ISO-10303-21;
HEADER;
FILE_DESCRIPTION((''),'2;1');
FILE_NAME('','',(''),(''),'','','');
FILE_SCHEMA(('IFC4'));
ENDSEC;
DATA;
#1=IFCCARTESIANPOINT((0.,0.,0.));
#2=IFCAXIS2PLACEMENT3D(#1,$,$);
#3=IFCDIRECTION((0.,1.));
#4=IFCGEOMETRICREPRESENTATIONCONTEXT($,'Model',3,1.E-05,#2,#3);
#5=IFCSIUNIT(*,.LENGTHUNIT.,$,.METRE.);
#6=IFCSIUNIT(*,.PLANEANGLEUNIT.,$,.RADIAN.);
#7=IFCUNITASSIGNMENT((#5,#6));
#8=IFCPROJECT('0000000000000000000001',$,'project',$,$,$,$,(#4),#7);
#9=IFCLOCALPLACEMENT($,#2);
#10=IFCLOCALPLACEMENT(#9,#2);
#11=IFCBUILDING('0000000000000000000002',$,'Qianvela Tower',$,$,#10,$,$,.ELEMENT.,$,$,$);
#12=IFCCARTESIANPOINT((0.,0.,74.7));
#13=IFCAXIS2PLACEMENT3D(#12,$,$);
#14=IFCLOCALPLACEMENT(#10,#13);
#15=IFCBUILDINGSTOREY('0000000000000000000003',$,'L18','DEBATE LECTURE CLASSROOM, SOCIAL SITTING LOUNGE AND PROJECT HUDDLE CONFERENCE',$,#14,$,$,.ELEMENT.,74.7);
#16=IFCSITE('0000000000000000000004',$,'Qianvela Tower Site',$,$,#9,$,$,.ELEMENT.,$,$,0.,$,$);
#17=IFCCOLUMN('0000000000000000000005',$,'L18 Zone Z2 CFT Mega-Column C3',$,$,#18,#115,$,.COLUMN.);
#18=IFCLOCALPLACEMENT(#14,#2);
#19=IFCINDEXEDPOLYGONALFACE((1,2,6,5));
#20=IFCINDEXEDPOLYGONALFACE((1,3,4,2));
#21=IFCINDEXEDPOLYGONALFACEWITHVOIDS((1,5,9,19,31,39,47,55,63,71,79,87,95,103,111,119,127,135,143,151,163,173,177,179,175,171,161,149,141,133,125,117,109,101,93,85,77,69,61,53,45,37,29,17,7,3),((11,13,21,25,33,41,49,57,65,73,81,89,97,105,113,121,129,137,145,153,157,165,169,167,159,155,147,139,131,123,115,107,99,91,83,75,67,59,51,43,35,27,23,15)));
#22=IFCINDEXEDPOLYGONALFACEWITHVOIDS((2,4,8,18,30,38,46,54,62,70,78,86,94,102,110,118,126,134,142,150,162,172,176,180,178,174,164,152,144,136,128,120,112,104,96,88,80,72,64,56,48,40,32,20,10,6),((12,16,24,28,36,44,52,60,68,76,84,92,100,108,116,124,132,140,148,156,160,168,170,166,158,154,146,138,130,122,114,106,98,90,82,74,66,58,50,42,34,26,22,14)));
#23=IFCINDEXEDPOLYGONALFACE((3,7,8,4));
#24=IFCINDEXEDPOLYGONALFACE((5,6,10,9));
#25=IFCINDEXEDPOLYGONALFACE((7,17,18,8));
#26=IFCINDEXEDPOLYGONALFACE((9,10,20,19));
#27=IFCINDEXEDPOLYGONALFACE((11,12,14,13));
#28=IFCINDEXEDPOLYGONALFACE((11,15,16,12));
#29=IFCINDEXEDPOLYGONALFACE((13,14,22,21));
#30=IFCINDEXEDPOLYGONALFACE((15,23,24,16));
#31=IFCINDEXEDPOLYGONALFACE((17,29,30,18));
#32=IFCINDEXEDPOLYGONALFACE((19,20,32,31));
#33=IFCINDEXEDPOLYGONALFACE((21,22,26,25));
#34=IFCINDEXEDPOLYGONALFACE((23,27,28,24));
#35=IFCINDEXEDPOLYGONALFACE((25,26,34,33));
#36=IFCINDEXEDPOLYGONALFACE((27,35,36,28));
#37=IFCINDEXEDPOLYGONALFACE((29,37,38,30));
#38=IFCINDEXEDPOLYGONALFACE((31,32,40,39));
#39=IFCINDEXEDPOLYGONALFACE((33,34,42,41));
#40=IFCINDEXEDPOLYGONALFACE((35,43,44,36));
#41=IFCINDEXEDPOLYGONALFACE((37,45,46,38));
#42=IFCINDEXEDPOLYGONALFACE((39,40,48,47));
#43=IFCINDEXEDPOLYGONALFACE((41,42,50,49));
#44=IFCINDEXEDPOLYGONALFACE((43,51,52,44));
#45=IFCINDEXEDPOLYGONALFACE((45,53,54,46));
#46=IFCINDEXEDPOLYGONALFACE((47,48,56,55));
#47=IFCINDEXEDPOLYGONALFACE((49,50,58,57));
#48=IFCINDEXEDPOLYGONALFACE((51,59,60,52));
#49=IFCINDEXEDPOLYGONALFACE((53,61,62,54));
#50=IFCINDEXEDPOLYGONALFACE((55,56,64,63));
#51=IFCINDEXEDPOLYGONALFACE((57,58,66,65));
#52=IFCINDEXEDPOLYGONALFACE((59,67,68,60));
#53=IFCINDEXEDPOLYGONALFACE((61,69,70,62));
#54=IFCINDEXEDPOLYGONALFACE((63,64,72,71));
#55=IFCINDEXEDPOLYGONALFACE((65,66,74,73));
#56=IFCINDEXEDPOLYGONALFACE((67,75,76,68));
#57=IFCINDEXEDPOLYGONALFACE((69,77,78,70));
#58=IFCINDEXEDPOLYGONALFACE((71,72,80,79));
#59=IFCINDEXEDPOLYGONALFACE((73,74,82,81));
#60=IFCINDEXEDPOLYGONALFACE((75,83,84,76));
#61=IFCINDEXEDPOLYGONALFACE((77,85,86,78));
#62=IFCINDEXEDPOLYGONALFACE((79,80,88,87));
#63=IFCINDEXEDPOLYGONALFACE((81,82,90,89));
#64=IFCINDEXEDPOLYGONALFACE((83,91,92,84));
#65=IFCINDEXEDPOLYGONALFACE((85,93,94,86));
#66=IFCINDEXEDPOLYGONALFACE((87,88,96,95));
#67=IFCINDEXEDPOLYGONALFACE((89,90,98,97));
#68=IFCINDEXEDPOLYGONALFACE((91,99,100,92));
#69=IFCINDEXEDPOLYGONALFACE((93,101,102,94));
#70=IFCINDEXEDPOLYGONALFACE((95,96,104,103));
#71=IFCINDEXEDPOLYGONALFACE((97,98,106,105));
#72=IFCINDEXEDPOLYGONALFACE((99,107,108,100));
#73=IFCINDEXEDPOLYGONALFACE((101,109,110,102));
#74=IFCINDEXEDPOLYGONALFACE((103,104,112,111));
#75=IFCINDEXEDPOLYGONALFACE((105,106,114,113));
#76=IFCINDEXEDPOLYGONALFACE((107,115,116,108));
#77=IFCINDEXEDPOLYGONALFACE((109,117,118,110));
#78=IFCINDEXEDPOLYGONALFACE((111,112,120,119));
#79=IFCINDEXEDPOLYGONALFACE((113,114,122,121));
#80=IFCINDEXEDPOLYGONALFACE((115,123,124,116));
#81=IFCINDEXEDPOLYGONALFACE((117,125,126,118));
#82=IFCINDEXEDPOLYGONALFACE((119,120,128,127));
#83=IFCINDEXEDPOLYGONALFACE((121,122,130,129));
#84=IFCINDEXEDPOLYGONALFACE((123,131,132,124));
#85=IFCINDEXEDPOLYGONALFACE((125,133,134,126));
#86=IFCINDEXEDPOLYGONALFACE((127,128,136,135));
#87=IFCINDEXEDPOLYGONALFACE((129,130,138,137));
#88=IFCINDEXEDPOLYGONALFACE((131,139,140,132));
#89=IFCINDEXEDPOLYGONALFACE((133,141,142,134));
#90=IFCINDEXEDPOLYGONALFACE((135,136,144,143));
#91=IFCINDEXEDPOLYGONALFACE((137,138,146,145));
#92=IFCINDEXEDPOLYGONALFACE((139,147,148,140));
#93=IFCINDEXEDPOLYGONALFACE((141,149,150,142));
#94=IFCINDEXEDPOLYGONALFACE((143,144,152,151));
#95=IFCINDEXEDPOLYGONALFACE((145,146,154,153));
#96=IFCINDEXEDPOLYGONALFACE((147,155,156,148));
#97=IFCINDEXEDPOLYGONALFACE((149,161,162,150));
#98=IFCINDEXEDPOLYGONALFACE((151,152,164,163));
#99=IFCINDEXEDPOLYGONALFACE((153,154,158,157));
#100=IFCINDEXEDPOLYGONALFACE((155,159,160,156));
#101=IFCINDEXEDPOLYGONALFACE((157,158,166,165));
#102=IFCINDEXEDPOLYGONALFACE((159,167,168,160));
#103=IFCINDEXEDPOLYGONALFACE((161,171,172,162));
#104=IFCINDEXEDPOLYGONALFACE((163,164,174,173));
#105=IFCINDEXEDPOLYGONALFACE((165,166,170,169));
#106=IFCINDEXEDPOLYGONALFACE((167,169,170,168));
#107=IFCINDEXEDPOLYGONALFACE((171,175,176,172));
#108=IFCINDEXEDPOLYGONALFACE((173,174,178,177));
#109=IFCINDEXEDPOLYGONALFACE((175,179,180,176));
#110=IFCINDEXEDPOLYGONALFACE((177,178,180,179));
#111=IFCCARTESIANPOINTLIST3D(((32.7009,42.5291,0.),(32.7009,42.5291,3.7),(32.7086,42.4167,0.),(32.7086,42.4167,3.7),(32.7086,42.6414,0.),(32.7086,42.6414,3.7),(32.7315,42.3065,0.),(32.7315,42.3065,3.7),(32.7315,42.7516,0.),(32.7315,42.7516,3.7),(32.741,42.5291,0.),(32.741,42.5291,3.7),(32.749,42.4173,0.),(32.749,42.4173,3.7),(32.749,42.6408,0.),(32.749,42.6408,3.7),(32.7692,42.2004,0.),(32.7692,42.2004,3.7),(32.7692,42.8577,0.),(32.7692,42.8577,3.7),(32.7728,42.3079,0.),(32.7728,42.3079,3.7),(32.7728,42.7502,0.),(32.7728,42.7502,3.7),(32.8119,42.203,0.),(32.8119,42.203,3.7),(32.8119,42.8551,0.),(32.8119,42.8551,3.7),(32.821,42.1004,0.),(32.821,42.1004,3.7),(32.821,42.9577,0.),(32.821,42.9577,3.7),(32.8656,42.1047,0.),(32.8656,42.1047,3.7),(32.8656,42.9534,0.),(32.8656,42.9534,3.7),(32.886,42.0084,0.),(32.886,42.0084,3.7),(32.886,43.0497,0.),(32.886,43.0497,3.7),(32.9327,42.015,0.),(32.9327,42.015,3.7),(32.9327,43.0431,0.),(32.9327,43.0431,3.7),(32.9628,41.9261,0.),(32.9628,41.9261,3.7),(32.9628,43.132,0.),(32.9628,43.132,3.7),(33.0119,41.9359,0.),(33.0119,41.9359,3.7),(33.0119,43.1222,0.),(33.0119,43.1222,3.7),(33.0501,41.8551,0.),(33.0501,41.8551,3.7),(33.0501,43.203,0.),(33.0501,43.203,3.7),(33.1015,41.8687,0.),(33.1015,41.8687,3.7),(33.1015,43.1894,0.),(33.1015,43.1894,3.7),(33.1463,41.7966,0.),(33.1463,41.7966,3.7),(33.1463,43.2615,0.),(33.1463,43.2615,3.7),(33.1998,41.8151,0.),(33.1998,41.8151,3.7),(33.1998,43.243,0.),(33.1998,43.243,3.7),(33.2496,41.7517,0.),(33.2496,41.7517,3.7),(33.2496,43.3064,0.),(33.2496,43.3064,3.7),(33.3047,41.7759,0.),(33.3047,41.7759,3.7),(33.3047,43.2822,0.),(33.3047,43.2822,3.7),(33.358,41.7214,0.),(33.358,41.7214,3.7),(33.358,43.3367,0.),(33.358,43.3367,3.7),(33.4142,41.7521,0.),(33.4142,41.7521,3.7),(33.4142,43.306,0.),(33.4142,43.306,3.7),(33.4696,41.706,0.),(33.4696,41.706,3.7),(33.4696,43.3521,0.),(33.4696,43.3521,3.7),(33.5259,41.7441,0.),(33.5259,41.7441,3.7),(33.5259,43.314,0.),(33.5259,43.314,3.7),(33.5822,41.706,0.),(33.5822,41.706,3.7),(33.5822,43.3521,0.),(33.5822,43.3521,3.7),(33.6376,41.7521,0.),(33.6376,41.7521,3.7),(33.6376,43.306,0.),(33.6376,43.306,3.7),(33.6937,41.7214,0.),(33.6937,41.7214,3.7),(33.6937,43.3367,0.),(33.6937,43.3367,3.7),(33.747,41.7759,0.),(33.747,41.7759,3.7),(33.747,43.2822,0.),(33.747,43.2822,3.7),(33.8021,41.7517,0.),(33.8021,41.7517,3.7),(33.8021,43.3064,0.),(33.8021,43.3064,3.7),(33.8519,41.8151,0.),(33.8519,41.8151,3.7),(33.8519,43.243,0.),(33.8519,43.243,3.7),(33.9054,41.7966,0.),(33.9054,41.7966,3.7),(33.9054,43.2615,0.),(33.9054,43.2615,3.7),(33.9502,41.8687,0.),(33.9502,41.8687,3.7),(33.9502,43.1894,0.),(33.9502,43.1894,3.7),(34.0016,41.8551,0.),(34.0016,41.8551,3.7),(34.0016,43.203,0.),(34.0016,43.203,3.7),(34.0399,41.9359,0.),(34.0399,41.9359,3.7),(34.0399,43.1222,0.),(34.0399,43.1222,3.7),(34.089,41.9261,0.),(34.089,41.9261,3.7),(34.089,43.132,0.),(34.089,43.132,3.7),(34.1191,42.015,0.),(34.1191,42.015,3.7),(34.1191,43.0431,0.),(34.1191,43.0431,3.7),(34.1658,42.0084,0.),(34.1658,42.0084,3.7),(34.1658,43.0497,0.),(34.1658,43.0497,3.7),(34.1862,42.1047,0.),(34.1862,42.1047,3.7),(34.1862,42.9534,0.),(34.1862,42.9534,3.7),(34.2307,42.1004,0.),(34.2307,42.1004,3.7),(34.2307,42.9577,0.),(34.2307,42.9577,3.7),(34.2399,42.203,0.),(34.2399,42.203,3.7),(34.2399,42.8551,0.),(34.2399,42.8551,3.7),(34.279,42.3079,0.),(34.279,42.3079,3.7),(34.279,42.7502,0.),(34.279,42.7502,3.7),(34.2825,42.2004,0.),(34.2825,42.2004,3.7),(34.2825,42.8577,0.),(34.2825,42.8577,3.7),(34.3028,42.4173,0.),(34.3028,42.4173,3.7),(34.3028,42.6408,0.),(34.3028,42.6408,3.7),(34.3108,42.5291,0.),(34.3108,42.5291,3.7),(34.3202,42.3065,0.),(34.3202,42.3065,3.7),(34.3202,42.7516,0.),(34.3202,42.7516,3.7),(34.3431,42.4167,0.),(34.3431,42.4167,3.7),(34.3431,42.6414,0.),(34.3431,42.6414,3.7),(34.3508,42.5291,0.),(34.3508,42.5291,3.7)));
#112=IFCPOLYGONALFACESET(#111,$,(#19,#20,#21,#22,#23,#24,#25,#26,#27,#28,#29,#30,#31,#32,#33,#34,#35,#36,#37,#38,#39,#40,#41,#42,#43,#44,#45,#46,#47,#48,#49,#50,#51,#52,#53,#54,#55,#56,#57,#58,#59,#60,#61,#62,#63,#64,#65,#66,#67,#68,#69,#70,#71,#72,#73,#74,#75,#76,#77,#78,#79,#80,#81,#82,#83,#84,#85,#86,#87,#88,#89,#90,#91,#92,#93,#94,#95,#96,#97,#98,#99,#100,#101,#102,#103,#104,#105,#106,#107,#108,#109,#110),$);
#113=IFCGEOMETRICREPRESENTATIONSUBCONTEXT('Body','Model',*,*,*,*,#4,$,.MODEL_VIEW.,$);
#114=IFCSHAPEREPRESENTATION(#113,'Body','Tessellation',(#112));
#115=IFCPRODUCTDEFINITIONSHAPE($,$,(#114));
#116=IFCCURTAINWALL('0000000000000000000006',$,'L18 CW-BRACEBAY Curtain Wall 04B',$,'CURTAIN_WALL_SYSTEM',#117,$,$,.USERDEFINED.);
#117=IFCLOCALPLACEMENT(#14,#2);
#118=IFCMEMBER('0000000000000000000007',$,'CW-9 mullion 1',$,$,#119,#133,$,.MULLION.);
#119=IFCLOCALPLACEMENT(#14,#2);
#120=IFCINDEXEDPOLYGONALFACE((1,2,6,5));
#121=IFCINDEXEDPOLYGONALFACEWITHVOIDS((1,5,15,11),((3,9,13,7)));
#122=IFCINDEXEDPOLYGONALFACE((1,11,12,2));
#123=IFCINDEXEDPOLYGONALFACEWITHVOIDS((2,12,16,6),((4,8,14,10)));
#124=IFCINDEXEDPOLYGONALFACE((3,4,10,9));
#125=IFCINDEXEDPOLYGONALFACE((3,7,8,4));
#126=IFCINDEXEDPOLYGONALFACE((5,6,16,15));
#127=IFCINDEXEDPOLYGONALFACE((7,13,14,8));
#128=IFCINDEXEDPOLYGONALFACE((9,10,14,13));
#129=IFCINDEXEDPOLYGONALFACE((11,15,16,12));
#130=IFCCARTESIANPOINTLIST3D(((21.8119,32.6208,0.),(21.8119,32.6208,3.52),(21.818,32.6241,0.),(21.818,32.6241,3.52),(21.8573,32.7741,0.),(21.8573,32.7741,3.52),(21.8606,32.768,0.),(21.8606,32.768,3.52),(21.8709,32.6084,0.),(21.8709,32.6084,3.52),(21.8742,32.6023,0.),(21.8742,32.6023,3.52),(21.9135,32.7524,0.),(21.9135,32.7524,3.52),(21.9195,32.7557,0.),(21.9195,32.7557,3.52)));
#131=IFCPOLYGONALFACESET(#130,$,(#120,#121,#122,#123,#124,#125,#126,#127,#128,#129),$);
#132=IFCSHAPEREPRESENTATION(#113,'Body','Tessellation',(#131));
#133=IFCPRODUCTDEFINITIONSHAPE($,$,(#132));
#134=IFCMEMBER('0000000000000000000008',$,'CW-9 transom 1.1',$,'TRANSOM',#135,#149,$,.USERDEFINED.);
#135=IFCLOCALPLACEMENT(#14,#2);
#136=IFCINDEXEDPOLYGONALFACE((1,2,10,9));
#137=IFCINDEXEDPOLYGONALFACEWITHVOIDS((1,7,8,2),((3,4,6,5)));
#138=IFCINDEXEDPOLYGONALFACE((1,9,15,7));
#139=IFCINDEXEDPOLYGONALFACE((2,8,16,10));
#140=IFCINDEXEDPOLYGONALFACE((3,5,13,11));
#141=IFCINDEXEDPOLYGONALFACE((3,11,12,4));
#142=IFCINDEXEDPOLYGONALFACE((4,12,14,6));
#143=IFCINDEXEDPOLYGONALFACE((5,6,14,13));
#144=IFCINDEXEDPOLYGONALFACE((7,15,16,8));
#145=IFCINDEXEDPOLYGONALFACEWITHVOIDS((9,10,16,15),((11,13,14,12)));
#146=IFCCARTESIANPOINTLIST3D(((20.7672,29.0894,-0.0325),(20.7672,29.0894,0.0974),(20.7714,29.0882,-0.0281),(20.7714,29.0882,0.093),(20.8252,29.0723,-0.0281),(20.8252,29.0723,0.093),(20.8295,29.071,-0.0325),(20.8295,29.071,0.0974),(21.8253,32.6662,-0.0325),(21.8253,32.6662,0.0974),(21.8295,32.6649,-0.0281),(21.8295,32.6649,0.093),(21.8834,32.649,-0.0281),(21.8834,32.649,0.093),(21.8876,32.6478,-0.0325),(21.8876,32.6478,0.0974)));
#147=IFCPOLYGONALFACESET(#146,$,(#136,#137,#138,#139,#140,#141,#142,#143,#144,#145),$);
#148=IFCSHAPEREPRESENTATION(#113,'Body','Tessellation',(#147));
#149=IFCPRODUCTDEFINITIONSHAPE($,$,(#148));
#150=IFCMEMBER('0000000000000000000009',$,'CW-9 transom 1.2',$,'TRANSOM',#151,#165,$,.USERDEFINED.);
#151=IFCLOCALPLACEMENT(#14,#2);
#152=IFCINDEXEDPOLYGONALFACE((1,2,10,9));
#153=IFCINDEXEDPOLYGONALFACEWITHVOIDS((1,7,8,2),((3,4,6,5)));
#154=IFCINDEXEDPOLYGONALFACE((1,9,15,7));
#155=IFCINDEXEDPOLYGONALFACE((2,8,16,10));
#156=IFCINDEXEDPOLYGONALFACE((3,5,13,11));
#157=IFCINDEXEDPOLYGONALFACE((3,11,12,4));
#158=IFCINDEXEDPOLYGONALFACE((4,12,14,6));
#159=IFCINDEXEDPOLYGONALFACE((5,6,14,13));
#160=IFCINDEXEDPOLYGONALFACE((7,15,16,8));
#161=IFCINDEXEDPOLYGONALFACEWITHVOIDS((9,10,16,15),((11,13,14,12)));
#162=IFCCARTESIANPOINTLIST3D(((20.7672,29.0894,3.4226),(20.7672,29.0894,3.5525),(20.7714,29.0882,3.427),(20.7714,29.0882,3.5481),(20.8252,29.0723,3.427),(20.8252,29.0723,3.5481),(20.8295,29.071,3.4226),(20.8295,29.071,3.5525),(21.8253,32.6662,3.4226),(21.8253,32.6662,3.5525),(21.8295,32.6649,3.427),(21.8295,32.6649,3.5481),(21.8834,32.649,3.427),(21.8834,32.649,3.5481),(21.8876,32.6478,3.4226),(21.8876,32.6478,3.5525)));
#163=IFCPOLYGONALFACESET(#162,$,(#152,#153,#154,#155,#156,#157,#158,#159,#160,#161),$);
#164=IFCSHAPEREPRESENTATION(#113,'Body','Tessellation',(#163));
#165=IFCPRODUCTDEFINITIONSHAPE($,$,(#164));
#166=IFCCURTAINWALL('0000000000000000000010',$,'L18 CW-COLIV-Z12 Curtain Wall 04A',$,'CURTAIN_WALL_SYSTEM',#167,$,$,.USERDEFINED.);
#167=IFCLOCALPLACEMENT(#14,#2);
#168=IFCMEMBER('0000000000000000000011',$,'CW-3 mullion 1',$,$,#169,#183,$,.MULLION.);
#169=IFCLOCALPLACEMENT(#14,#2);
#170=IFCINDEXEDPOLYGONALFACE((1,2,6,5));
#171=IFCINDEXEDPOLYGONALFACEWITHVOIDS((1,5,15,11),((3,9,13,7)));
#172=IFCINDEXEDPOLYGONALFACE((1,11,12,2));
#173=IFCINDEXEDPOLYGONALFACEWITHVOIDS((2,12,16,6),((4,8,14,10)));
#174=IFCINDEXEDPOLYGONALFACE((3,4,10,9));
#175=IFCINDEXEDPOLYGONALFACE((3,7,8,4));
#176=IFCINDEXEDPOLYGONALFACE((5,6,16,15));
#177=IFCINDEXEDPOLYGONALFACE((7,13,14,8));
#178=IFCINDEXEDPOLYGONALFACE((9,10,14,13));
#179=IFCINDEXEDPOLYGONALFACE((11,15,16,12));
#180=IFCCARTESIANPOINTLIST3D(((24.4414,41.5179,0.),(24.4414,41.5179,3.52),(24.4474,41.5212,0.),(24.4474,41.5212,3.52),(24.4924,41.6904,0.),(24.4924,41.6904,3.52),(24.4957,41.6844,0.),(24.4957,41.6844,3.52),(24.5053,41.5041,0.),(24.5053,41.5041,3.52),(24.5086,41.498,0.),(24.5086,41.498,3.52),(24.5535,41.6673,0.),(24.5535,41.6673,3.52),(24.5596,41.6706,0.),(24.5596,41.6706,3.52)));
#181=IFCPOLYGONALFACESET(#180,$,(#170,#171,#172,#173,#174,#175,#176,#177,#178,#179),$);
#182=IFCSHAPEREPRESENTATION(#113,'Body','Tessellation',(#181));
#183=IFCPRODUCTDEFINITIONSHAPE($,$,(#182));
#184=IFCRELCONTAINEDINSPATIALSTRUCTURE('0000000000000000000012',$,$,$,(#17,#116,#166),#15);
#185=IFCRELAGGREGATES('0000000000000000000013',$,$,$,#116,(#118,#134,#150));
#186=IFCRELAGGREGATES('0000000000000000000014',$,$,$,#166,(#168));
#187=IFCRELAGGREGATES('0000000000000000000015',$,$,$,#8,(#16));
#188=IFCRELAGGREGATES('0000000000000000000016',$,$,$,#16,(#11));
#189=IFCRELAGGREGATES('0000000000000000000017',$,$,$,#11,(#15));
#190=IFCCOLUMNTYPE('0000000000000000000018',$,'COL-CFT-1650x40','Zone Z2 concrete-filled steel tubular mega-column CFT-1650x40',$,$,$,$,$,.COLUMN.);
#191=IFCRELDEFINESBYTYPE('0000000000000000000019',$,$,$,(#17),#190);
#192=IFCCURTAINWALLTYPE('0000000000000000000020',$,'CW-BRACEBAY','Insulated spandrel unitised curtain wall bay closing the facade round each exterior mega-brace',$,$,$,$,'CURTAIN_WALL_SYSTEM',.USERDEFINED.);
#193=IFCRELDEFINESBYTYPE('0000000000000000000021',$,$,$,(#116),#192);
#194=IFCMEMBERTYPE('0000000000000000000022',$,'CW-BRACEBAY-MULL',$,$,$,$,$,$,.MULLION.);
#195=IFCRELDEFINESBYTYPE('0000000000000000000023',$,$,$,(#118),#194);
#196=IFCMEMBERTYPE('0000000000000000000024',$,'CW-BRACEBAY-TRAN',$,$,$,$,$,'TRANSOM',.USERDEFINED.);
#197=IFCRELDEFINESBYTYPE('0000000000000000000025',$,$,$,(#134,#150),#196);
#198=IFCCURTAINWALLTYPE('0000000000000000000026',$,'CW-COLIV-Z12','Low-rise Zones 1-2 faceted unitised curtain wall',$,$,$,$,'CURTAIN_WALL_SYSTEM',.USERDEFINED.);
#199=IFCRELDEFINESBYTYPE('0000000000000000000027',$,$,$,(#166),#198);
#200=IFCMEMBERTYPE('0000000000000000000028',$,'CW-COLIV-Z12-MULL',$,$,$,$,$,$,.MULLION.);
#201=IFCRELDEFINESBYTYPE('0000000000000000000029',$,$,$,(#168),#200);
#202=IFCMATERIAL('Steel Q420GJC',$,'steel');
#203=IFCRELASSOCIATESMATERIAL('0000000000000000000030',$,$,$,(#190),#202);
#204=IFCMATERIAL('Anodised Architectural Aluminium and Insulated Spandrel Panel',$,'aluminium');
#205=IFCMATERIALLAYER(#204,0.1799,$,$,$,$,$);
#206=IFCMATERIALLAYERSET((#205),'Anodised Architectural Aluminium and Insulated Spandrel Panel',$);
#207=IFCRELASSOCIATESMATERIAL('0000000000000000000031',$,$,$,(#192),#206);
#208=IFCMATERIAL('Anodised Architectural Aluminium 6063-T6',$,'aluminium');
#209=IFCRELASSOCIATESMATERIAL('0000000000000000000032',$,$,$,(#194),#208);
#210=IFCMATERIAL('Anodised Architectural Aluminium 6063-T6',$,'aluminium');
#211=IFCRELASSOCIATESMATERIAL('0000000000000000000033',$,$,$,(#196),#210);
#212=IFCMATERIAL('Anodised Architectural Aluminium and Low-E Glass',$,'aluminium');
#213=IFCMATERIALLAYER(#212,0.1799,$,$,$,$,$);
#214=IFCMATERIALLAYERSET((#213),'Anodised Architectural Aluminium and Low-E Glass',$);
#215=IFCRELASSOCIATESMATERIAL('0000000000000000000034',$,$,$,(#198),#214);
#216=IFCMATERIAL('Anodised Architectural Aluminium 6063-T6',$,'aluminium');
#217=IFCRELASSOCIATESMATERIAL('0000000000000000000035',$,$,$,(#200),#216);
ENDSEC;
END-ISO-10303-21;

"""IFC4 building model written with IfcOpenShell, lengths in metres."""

from ifc_helpers import new_model, si_unit, direction, frame, origin, origin_2d, place, context, subcontext, project, spatial, hollow_rectangle, hollow_circle, extrude, material, layer, layer_set, material_profile, profile_set, type_object, element, aggregate, save


model = new_model("IFC4")

# Units and contexts
model_context = context("Model", 3, precision=1e-05, world=origin(), true_north=direction((0.0, 1.0)))
body_context = subcontext(model_context, "Body", "Model", "MODEL_VIEW")
ifc_project = project(units=[si_unit("LENGTHUNIT", "METRE"), si_unit("PLANEANGLEUNIT", "RADIAN")], contexts=[model_context])

# Site, building, storey
site_placement = place(None, origin())
site = spatial("IfcSite", under=ifc_project, at=site_placement, Name="Qianvela Tower Site", CompositionType="ELEMENT", RefElevation=0.0)
building_placement = place(site_placement, origin())
building = spatial("IfcBuilding", under=site, at=building_placement, Name="Qianvela Tower", CompositionType="ELEMENT")
storey_placement = place(building_placement, frame((0.0, 0.0, 74.7)))
storey = spatial("IfcBuildingStorey", under=building, at=storey_placement, Name="L18", Description="DEBATE LECTURE CLASSROOM, SOCIAL SITTING LOUNGE AND PROJECT HUDDLE CONFERENCE", CompositionType="ELEMENT", Elevation=74.7)

# Column
ifc_material_1 = material(Name="Steel Q420GJC", Category="steel")
ifc_material_profile_1 = material_profile(ifc_material_1, hollow_circle(Radius=0.825, WallThickness=0.04, at=origin_2d()), Name="CFT-1650x40")
ifc_profile_set_1 = profile_set([ifc_material_profile_1], Name="Steel Q420GJC")
column_type = type_object("IfcColumnType", Name="COL-CFT-1650x40", Description="Zone Z2 concrete-filled steel tubular mega-column CFT-1650x40", PredefinedType="COLUMN", material=ifc_profile_set_1)
for number, where, z_axis, x_axis, name in (
    (1, (33.5259, 42.5291, 0.0), (0.0, 0.0, 1.0), (1.0, 0.0, 0.0), "L18 Zone Z2 CFT Mega-Column C3"),
):
    element("IfcColumn", number, at=place(storey_placement, frame(where, z_axis=z_axis, x_axis=x_axis)), inside=storey, type_object=column_type, Name=name, PredefinedType="COLUMN", context=body_context, shape_type="SweptSolid", body=[
        extrude(hollow_circle(Radius=0.825, WallThickness=0.04, at=origin_2d()), origin(), (0.0, 0.0, 1.0), 3.7),
    ])

# Curtain wall, members
ifc_material_2 = material(Name="Anodised Architectural Aluminium and Insulated Spandrel Panel", Category="aluminium")
ifc_layer_1 = layer(ifc_material_2, 0.1799)
ifc_layer_set_1 = layer_set([ifc_layer_1], Name="Anodised Architectural Aluminium and Insulated Spandrel Panel")
curtain_wall_type_1 = type_object("IfcCurtainWallType", Name="CW-BRACEBAY", Description="Insulated spandrel unitised curtain wall bay closing the facade round each exterior mega-brace", ElementType="CURTAIN_WALL_SYSTEM", PredefinedType="USERDEFINED", material=ifc_layer_set_1)
curtain_wall_1_placement = place(storey_placement, origin())
curtain_wall_1 = element("IfcCurtainWall", 2, at=curtain_wall_1_placement, inside=storey, type_object=curtain_wall_type_1, Name="L18 CW-BRACEBAY Curtain Wall 04B", ObjectType="CURTAIN_WALL_SYSTEM", PredefinedType="USERDEFINED")
ifc_material_3 = material(Name="Anodised Architectural Aluminium 6063-T6", Category="aluminium")
ifc_material_profile_2 = material_profile(ifc_material_3, hollow_rectangle(XDim=0.0649, YDim=0.1599, WallThickness=0.0049, at=origin_2d()), Name="ALU-MULL-65x160")
ifc_profile_set_2 = profile_set([ifc_material_profile_2], Name="Anodised Architectural Aluminium 6063-T6")
member_type_1 = type_object("IfcMemberType", Name="CW-BRACEBAY-MULL", PredefinedType="MULLION", material=ifc_profile_set_2)
member_1_placement = place(storey_placement, frame((21.8657, 32.6882, 0.0), z_axis=(0.0, 0.0, 1.0), x_axis=(0.958919, -0.283681, 0.0)))
member_1 = element("IfcMember", 3, at=member_1_placement, type_object=member_type_1, Name="CW-9 mullion 1", PredefinedType="MULLION", context=body_context, shape_type="SweptSolid", body=[
    extrude(hollow_rectangle(XDim=0.0649, YDim=0.1599, WallThickness=0.0049, at=origin_2d()), origin(), (0.0, 0.0, 1.0), 3.52),
])
ifc_material_4 = material(Name="Anodised Architectural Aluminium 6063-T6", Category="aluminium")
ifc_material_profile_3 = material_profile(ifc_material_4, hollow_rectangle(XDim=0.0649, YDim=0.1299, WallThickness=0.0044, at=origin_2d()), Name="ALU-TRAN-65x130")
ifc_profile_set_3 = profile_set([ifc_material_profile_3], Name="Anodised Architectural Aluminium 6063-T6")
member_type_2 = type_object("IfcMemberType", Name="CW-BRACEBAY-TRAN", ElementType="TRANSOM", PredefinedType="USERDEFINED", material=ifc_profile_set_3)
member_2_placement = place(storey_placement, frame((21.8564, 32.657, 0.0325), z_axis=(-0.283683, -0.958918, 0.0), x_axis=(0.958918, -0.283683, 0.0)))
member_2 = element("IfcMember", 4, at=member_2_placement, type_object=member_type_2, Name="CW-9 transom 1.1", ObjectType="TRANSOM", PredefinedType="USERDEFINED", context=body_context, shape_type="SweptSolid", body=[
    extrude(hollow_rectangle(XDim=0.0649, YDim=0.1299, WallThickness=0.0044, at=origin_2d()), origin(), (0.0, 0.0, 1.0), 3.73),
])
member_3_placement = place(storey_placement, frame((21.8564, 32.657, 3.4875), z_axis=(-0.283683, -0.958918, 0.0), x_axis=(0.958918, -0.283683, 0.0)))
member_3 = element("IfcMember", 5, at=member_3_placement, type_object=member_type_2, Name="CW-9 transom 1.2", ObjectType="TRANSOM", PredefinedType="USERDEFINED", context=body_context, shape_type="SweptSolid", body=[
    extrude(hollow_rectangle(XDim=0.0649, YDim=0.1299, WallThickness=0.0044, at=origin_2d()), origin(), (0.0, 0.0, 1.0), 3.73),
])
aggregate(curtain_wall_1, [member_1, member_2, member_3])

# Curtain wall, member
ifc_material_5 = material(Name="Anodised Architectural Aluminium and Low-E Glass", Category="aluminium")
ifc_layer_2 = layer(ifc_material_5, 0.1799)
ifc_layer_set_2 = layer_set([ifc_layer_2], Name="Anodised Architectural Aluminium and Low-E Glass")
curtain_wall_type_2 = type_object("IfcCurtainWallType", Name="CW-COLIV-Z12", Description="Low-rise Zones 1-2 faceted unitised curtain wall", ElementType="CURTAIN_WALL_SYSTEM", PredefinedType="USERDEFINED", material=ifc_layer_set_2)
curtain_wall_2_placement = place(storey_placement, origin())
curtain_wall_2 = element("IfcCurtainWall", 6, at=curtain_wall_2_placement, inside=storey, type_object=curtain_wall_type_2, Name="L18 CW-COLIV-Z12 Curtain Wall 04A", ObjectType="CURTAIN_WALL_SYSTEM", PredefinedType="USERDEFINED")
ifc_material_6 = material(Name="Anodised Architectural Aluminium 6063-T6", Category="aluminium")
ifc_material_profile_4 = material_profile(ifc_material_6, hollow_rectangle(XDim=0.0701, YDim=0.1799, WallThickness=0.0049, at=origin_2d()), Name="ALU-MULL-70x180")
ifc_profile_set_4 = profile_set([ifc_material_profile_4], Name="Anodised Architectural Aluminium 6063-T6")
member_type_3 = type_object("IfcMemberType", Name="CW-COLIV-Z12-MULL", PredefinedType="MULLION", material=ifc_profile_set_4)
member_4_placement = place(storey_placement, frame((24.5005, 41.5942, 0.0), z_axis=(0.0, 0.0, 1.0), x_axis=(0.958919, -0.28368, 0.0)))
member_4 = element("IfcMember", 7, at=member_4_placement, type_object=member_type_3, Name="CW-3 mullion 1", PredefinedType="MULLION", context=body_context, shape_type="SweptSolid", body=[
    extrude(hollow_rectangle(XDim=0.0701, YDim=0.1799, WallThickness=0.0049, at=origin_2d()), origin(), (0.0, 0.0, 1.0), 3.52),
])
aggregate(curtain_wall_2, [member_4])

save(model, "model.ifc")
